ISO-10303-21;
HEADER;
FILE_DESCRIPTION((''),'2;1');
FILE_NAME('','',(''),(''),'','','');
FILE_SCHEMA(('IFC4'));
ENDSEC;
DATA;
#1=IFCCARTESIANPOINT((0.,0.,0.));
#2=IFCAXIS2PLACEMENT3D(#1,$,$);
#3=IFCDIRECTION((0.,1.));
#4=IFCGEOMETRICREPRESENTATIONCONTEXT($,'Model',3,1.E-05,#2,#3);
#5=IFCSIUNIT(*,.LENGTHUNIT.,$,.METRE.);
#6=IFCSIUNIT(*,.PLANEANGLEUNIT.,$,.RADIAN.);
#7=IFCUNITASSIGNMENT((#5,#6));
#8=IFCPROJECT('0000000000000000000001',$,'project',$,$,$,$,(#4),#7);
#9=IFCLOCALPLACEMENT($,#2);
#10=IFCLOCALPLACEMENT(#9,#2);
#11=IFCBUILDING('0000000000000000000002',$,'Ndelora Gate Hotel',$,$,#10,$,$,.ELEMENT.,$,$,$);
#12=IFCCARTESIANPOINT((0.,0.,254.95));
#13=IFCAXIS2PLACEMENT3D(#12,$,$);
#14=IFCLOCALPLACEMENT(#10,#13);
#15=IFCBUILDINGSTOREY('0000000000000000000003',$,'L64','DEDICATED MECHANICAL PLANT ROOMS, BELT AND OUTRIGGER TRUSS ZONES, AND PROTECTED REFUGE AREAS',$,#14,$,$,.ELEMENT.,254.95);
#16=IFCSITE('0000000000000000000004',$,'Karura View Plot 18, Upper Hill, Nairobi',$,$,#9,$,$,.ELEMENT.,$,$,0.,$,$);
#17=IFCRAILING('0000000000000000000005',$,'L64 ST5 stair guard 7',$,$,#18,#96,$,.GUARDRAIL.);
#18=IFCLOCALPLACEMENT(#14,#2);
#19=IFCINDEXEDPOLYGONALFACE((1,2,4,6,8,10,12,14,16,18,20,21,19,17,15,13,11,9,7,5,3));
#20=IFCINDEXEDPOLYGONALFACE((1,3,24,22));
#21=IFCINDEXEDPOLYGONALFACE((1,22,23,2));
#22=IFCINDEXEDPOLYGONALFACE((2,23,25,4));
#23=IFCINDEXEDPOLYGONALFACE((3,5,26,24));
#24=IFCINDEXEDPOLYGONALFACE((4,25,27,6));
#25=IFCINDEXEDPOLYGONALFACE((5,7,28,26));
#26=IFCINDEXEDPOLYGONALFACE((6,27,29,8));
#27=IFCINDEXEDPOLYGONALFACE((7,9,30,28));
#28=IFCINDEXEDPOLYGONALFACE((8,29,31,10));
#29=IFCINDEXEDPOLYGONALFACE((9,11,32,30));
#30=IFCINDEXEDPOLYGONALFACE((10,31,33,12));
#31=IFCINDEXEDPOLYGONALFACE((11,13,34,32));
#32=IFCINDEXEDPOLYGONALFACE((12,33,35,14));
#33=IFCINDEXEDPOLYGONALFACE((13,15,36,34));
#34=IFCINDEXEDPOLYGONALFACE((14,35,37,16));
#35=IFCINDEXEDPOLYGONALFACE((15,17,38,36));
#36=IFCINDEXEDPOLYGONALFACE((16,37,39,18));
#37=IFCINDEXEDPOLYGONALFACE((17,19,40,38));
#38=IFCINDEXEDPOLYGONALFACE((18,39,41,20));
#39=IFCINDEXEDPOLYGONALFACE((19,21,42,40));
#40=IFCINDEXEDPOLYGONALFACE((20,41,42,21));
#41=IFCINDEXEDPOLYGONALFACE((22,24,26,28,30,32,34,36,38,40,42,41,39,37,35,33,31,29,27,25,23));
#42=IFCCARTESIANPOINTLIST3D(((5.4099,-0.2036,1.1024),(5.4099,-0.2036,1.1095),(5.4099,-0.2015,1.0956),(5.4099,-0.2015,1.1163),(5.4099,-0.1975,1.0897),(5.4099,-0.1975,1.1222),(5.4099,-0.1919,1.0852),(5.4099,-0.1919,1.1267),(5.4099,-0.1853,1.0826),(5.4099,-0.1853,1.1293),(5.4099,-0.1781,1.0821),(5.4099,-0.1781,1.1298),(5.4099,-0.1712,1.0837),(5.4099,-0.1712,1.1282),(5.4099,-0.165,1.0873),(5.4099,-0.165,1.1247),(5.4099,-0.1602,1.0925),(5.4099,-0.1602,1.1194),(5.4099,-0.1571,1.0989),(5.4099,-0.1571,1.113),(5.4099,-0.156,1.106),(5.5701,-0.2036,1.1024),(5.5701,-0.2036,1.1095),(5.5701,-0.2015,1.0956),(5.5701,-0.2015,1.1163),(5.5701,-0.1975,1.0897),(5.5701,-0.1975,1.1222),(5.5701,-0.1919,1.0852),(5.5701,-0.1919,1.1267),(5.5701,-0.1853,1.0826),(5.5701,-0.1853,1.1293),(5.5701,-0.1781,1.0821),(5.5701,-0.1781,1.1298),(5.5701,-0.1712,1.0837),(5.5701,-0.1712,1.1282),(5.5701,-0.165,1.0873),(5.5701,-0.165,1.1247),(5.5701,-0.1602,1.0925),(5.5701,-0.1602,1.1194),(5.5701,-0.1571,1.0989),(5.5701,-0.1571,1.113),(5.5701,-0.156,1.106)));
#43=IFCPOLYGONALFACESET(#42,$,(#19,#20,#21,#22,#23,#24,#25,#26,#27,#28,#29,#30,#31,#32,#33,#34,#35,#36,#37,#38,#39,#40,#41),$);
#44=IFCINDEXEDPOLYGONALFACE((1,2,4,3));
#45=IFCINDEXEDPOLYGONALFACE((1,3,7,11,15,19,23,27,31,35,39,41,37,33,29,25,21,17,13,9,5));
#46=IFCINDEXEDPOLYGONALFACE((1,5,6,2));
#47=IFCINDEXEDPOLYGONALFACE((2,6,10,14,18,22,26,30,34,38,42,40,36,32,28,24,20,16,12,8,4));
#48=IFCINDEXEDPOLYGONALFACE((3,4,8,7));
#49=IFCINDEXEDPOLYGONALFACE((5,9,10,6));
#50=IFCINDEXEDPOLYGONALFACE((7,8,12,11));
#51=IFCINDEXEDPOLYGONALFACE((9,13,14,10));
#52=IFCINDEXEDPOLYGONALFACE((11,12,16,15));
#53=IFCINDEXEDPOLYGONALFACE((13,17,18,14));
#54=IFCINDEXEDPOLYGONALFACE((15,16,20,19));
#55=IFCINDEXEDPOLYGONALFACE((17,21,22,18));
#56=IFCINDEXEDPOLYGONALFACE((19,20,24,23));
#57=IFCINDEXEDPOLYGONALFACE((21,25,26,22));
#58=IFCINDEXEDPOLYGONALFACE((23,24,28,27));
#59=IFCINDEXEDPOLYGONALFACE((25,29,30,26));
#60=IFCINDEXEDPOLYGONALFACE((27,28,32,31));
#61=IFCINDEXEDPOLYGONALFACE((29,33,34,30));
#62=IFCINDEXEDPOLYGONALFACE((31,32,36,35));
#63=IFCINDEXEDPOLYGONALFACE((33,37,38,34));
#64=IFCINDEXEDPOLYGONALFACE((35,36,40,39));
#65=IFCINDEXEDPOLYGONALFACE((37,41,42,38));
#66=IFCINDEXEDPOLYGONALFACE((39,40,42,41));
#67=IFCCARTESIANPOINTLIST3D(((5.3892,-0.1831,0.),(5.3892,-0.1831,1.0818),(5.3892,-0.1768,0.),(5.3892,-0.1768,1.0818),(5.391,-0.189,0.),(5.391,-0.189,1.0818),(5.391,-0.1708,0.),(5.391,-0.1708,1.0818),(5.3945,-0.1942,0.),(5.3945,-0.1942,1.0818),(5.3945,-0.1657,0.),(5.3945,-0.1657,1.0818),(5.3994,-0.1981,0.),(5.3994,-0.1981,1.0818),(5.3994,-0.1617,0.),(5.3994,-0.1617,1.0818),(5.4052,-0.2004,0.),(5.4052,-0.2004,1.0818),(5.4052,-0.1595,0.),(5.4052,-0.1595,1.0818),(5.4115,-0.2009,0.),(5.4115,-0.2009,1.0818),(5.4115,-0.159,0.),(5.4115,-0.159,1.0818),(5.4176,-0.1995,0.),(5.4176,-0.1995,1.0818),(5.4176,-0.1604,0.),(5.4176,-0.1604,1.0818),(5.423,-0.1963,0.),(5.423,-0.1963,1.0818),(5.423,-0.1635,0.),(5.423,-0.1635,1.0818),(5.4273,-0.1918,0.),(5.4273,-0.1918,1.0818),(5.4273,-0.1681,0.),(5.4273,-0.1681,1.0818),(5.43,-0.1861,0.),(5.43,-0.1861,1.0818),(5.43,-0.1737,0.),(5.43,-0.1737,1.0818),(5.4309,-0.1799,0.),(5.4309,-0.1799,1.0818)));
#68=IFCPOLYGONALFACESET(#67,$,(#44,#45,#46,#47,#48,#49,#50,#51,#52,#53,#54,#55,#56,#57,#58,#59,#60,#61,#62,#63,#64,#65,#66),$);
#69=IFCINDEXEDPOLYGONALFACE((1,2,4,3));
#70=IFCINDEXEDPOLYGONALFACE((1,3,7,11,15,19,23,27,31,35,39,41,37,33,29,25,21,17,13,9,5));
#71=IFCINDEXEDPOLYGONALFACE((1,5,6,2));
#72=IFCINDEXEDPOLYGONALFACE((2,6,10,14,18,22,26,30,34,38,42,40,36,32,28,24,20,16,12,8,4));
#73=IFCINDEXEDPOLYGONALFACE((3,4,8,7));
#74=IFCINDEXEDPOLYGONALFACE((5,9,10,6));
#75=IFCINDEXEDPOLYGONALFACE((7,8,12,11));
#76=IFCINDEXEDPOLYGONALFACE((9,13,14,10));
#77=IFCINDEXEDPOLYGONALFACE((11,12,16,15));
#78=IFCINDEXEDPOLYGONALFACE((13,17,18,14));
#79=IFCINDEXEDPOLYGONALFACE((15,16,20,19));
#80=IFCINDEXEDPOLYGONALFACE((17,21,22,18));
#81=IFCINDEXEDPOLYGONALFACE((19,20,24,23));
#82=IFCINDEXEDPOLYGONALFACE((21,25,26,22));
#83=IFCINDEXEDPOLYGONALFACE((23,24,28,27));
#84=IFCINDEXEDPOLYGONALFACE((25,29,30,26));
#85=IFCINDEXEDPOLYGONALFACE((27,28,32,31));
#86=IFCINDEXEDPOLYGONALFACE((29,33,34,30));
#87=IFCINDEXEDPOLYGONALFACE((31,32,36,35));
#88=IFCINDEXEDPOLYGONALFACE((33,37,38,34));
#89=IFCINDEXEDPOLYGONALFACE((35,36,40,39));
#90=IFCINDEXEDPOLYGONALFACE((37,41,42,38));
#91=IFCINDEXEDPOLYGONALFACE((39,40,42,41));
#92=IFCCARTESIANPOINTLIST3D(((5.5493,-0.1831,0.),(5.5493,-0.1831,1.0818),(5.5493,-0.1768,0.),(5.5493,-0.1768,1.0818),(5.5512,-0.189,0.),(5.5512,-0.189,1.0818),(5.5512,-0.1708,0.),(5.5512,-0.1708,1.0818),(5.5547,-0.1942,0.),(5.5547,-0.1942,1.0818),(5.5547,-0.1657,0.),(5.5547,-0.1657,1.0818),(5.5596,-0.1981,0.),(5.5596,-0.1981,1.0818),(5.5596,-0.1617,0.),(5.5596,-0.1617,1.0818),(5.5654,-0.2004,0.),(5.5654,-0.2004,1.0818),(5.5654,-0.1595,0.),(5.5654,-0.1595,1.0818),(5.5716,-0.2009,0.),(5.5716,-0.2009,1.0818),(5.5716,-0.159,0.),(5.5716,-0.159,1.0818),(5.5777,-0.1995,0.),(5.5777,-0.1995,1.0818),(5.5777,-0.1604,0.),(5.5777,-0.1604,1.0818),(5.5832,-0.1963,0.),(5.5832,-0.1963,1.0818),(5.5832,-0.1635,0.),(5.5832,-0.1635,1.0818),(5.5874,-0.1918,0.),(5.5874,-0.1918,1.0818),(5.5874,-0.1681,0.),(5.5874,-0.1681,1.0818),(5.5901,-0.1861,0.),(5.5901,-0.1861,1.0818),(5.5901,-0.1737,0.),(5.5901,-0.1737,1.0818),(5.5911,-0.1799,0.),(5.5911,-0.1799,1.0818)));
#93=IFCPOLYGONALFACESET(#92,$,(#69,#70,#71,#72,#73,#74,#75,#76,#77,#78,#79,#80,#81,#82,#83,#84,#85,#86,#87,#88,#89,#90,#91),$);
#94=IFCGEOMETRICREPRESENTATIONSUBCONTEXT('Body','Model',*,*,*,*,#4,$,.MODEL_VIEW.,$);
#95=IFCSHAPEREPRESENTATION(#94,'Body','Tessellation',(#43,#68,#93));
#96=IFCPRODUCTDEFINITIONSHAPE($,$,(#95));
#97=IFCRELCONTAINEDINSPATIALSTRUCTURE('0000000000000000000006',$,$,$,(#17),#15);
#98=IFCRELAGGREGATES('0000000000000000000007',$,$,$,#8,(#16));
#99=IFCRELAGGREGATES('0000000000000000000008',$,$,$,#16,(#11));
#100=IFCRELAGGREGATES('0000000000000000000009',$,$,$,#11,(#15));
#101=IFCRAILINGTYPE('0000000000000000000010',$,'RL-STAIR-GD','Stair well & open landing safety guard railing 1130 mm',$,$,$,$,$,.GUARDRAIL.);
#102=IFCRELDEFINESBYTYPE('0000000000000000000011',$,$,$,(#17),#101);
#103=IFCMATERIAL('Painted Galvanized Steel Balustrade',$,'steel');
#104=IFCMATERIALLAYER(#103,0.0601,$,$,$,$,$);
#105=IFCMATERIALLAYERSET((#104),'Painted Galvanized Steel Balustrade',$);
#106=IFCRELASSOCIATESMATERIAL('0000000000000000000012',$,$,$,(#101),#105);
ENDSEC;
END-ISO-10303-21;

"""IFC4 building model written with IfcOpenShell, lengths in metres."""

from ifc_helpers import new_model, si_unit, direction, frame, origin, origin_2d, place, context, subcontext, project, spatial, circle, extrude, material, layer, layer_set, type_object, element, save


model = new_model("IFC4")

# Units and contexts
model_context = context("Model", 3, precision=1e-05, world=origin(), true_north=direction((0.0, 1.0)))
body_context = subcontext(model_context, "Body", "Model", "MODEL_VIEW")
ifc_project = project(units=[si_unit("LENGTHUNIT", "METRE"), si_unit("PLANEANGLEUNIT", "RADIAN")], contexts=[model_context])

# Site, building, storey
site_placement = place(None, origin())
site = spatial("IfcSite", under=ifc_project, at=site_placement, Name="Karura View Plot 18, Upper Hill, Nairobi", CompositionType="ELEMENT", RefElevation=0.0)
building_placement = place(site_placement, origin())
building = spatial("IfcBuilding", under=site, at=building_placement, Name="Ndelora Gate Hotel", CompositionType="ELEMENT")
storey_placement = place(building_placement, frame((0.0, 0.0, 254.95)))
storey = spatial("IfcBuildingStorey", under=building, at=storey_placement, Name="L64", Description="DEDICATED MECHANICAL PLANT ROOMS, BELT AND OUTRIGGER TRUSS ZONES, AND PROTECTED REFUGE AREAS", CompositionType="ELEMENT", Elevation=254.95)

# Railing
ifc_material_1 = material(Name="Painted Galvanized Steel Balustrade", Category="steel")
ifc_layer_1 = layer(ifc_material_1, 0.0601)
ifc_layer_set_1 = layer_set([ifc_layer_1], Name="Painted Galvanized Steel Balustrade")
railing_type_1 = type_object("IfcRailingType", Name="RL-STAIR-GD", Description="Stair well & open landing safety guard railing 1130 mm", PredefinedType="GUARDRAIL", material=ifc_layer_set_1)
railing_1_placement = place(storey_placement, frame((5.4099, -0.1799, 0.0)))
element("IfcRailing", 1, at=railing_1_placement, inside=storey, type_object=railing_type_1, Name="L64 ST5 stair guard 7", PredefinedType="GUARDRAIL", context=body_context, shape_type="SweptSolid", body=[
    extrude(circle(Radius=0.0239, at=origin_2d()), frame((0.0, 0.0, 1.106), z_axis=(1.0, 0.0, 0.0), x_axis=(0.0, 1.0, 0.0)), (0.0, 0.0, 1.0), 0.1602),
    extrude(circle(Radius=0.021, at=origin_2d()), origin(), (0.0, 0.0, 1.0), 1.0818),
    extrude(circle(Radius=0.021, at=origin_2d()), frame((0.1602, 0.0, 0.0)), (0.0, 0.0, 1.0), 1.0818),
])

save(model, "model.ifc")
